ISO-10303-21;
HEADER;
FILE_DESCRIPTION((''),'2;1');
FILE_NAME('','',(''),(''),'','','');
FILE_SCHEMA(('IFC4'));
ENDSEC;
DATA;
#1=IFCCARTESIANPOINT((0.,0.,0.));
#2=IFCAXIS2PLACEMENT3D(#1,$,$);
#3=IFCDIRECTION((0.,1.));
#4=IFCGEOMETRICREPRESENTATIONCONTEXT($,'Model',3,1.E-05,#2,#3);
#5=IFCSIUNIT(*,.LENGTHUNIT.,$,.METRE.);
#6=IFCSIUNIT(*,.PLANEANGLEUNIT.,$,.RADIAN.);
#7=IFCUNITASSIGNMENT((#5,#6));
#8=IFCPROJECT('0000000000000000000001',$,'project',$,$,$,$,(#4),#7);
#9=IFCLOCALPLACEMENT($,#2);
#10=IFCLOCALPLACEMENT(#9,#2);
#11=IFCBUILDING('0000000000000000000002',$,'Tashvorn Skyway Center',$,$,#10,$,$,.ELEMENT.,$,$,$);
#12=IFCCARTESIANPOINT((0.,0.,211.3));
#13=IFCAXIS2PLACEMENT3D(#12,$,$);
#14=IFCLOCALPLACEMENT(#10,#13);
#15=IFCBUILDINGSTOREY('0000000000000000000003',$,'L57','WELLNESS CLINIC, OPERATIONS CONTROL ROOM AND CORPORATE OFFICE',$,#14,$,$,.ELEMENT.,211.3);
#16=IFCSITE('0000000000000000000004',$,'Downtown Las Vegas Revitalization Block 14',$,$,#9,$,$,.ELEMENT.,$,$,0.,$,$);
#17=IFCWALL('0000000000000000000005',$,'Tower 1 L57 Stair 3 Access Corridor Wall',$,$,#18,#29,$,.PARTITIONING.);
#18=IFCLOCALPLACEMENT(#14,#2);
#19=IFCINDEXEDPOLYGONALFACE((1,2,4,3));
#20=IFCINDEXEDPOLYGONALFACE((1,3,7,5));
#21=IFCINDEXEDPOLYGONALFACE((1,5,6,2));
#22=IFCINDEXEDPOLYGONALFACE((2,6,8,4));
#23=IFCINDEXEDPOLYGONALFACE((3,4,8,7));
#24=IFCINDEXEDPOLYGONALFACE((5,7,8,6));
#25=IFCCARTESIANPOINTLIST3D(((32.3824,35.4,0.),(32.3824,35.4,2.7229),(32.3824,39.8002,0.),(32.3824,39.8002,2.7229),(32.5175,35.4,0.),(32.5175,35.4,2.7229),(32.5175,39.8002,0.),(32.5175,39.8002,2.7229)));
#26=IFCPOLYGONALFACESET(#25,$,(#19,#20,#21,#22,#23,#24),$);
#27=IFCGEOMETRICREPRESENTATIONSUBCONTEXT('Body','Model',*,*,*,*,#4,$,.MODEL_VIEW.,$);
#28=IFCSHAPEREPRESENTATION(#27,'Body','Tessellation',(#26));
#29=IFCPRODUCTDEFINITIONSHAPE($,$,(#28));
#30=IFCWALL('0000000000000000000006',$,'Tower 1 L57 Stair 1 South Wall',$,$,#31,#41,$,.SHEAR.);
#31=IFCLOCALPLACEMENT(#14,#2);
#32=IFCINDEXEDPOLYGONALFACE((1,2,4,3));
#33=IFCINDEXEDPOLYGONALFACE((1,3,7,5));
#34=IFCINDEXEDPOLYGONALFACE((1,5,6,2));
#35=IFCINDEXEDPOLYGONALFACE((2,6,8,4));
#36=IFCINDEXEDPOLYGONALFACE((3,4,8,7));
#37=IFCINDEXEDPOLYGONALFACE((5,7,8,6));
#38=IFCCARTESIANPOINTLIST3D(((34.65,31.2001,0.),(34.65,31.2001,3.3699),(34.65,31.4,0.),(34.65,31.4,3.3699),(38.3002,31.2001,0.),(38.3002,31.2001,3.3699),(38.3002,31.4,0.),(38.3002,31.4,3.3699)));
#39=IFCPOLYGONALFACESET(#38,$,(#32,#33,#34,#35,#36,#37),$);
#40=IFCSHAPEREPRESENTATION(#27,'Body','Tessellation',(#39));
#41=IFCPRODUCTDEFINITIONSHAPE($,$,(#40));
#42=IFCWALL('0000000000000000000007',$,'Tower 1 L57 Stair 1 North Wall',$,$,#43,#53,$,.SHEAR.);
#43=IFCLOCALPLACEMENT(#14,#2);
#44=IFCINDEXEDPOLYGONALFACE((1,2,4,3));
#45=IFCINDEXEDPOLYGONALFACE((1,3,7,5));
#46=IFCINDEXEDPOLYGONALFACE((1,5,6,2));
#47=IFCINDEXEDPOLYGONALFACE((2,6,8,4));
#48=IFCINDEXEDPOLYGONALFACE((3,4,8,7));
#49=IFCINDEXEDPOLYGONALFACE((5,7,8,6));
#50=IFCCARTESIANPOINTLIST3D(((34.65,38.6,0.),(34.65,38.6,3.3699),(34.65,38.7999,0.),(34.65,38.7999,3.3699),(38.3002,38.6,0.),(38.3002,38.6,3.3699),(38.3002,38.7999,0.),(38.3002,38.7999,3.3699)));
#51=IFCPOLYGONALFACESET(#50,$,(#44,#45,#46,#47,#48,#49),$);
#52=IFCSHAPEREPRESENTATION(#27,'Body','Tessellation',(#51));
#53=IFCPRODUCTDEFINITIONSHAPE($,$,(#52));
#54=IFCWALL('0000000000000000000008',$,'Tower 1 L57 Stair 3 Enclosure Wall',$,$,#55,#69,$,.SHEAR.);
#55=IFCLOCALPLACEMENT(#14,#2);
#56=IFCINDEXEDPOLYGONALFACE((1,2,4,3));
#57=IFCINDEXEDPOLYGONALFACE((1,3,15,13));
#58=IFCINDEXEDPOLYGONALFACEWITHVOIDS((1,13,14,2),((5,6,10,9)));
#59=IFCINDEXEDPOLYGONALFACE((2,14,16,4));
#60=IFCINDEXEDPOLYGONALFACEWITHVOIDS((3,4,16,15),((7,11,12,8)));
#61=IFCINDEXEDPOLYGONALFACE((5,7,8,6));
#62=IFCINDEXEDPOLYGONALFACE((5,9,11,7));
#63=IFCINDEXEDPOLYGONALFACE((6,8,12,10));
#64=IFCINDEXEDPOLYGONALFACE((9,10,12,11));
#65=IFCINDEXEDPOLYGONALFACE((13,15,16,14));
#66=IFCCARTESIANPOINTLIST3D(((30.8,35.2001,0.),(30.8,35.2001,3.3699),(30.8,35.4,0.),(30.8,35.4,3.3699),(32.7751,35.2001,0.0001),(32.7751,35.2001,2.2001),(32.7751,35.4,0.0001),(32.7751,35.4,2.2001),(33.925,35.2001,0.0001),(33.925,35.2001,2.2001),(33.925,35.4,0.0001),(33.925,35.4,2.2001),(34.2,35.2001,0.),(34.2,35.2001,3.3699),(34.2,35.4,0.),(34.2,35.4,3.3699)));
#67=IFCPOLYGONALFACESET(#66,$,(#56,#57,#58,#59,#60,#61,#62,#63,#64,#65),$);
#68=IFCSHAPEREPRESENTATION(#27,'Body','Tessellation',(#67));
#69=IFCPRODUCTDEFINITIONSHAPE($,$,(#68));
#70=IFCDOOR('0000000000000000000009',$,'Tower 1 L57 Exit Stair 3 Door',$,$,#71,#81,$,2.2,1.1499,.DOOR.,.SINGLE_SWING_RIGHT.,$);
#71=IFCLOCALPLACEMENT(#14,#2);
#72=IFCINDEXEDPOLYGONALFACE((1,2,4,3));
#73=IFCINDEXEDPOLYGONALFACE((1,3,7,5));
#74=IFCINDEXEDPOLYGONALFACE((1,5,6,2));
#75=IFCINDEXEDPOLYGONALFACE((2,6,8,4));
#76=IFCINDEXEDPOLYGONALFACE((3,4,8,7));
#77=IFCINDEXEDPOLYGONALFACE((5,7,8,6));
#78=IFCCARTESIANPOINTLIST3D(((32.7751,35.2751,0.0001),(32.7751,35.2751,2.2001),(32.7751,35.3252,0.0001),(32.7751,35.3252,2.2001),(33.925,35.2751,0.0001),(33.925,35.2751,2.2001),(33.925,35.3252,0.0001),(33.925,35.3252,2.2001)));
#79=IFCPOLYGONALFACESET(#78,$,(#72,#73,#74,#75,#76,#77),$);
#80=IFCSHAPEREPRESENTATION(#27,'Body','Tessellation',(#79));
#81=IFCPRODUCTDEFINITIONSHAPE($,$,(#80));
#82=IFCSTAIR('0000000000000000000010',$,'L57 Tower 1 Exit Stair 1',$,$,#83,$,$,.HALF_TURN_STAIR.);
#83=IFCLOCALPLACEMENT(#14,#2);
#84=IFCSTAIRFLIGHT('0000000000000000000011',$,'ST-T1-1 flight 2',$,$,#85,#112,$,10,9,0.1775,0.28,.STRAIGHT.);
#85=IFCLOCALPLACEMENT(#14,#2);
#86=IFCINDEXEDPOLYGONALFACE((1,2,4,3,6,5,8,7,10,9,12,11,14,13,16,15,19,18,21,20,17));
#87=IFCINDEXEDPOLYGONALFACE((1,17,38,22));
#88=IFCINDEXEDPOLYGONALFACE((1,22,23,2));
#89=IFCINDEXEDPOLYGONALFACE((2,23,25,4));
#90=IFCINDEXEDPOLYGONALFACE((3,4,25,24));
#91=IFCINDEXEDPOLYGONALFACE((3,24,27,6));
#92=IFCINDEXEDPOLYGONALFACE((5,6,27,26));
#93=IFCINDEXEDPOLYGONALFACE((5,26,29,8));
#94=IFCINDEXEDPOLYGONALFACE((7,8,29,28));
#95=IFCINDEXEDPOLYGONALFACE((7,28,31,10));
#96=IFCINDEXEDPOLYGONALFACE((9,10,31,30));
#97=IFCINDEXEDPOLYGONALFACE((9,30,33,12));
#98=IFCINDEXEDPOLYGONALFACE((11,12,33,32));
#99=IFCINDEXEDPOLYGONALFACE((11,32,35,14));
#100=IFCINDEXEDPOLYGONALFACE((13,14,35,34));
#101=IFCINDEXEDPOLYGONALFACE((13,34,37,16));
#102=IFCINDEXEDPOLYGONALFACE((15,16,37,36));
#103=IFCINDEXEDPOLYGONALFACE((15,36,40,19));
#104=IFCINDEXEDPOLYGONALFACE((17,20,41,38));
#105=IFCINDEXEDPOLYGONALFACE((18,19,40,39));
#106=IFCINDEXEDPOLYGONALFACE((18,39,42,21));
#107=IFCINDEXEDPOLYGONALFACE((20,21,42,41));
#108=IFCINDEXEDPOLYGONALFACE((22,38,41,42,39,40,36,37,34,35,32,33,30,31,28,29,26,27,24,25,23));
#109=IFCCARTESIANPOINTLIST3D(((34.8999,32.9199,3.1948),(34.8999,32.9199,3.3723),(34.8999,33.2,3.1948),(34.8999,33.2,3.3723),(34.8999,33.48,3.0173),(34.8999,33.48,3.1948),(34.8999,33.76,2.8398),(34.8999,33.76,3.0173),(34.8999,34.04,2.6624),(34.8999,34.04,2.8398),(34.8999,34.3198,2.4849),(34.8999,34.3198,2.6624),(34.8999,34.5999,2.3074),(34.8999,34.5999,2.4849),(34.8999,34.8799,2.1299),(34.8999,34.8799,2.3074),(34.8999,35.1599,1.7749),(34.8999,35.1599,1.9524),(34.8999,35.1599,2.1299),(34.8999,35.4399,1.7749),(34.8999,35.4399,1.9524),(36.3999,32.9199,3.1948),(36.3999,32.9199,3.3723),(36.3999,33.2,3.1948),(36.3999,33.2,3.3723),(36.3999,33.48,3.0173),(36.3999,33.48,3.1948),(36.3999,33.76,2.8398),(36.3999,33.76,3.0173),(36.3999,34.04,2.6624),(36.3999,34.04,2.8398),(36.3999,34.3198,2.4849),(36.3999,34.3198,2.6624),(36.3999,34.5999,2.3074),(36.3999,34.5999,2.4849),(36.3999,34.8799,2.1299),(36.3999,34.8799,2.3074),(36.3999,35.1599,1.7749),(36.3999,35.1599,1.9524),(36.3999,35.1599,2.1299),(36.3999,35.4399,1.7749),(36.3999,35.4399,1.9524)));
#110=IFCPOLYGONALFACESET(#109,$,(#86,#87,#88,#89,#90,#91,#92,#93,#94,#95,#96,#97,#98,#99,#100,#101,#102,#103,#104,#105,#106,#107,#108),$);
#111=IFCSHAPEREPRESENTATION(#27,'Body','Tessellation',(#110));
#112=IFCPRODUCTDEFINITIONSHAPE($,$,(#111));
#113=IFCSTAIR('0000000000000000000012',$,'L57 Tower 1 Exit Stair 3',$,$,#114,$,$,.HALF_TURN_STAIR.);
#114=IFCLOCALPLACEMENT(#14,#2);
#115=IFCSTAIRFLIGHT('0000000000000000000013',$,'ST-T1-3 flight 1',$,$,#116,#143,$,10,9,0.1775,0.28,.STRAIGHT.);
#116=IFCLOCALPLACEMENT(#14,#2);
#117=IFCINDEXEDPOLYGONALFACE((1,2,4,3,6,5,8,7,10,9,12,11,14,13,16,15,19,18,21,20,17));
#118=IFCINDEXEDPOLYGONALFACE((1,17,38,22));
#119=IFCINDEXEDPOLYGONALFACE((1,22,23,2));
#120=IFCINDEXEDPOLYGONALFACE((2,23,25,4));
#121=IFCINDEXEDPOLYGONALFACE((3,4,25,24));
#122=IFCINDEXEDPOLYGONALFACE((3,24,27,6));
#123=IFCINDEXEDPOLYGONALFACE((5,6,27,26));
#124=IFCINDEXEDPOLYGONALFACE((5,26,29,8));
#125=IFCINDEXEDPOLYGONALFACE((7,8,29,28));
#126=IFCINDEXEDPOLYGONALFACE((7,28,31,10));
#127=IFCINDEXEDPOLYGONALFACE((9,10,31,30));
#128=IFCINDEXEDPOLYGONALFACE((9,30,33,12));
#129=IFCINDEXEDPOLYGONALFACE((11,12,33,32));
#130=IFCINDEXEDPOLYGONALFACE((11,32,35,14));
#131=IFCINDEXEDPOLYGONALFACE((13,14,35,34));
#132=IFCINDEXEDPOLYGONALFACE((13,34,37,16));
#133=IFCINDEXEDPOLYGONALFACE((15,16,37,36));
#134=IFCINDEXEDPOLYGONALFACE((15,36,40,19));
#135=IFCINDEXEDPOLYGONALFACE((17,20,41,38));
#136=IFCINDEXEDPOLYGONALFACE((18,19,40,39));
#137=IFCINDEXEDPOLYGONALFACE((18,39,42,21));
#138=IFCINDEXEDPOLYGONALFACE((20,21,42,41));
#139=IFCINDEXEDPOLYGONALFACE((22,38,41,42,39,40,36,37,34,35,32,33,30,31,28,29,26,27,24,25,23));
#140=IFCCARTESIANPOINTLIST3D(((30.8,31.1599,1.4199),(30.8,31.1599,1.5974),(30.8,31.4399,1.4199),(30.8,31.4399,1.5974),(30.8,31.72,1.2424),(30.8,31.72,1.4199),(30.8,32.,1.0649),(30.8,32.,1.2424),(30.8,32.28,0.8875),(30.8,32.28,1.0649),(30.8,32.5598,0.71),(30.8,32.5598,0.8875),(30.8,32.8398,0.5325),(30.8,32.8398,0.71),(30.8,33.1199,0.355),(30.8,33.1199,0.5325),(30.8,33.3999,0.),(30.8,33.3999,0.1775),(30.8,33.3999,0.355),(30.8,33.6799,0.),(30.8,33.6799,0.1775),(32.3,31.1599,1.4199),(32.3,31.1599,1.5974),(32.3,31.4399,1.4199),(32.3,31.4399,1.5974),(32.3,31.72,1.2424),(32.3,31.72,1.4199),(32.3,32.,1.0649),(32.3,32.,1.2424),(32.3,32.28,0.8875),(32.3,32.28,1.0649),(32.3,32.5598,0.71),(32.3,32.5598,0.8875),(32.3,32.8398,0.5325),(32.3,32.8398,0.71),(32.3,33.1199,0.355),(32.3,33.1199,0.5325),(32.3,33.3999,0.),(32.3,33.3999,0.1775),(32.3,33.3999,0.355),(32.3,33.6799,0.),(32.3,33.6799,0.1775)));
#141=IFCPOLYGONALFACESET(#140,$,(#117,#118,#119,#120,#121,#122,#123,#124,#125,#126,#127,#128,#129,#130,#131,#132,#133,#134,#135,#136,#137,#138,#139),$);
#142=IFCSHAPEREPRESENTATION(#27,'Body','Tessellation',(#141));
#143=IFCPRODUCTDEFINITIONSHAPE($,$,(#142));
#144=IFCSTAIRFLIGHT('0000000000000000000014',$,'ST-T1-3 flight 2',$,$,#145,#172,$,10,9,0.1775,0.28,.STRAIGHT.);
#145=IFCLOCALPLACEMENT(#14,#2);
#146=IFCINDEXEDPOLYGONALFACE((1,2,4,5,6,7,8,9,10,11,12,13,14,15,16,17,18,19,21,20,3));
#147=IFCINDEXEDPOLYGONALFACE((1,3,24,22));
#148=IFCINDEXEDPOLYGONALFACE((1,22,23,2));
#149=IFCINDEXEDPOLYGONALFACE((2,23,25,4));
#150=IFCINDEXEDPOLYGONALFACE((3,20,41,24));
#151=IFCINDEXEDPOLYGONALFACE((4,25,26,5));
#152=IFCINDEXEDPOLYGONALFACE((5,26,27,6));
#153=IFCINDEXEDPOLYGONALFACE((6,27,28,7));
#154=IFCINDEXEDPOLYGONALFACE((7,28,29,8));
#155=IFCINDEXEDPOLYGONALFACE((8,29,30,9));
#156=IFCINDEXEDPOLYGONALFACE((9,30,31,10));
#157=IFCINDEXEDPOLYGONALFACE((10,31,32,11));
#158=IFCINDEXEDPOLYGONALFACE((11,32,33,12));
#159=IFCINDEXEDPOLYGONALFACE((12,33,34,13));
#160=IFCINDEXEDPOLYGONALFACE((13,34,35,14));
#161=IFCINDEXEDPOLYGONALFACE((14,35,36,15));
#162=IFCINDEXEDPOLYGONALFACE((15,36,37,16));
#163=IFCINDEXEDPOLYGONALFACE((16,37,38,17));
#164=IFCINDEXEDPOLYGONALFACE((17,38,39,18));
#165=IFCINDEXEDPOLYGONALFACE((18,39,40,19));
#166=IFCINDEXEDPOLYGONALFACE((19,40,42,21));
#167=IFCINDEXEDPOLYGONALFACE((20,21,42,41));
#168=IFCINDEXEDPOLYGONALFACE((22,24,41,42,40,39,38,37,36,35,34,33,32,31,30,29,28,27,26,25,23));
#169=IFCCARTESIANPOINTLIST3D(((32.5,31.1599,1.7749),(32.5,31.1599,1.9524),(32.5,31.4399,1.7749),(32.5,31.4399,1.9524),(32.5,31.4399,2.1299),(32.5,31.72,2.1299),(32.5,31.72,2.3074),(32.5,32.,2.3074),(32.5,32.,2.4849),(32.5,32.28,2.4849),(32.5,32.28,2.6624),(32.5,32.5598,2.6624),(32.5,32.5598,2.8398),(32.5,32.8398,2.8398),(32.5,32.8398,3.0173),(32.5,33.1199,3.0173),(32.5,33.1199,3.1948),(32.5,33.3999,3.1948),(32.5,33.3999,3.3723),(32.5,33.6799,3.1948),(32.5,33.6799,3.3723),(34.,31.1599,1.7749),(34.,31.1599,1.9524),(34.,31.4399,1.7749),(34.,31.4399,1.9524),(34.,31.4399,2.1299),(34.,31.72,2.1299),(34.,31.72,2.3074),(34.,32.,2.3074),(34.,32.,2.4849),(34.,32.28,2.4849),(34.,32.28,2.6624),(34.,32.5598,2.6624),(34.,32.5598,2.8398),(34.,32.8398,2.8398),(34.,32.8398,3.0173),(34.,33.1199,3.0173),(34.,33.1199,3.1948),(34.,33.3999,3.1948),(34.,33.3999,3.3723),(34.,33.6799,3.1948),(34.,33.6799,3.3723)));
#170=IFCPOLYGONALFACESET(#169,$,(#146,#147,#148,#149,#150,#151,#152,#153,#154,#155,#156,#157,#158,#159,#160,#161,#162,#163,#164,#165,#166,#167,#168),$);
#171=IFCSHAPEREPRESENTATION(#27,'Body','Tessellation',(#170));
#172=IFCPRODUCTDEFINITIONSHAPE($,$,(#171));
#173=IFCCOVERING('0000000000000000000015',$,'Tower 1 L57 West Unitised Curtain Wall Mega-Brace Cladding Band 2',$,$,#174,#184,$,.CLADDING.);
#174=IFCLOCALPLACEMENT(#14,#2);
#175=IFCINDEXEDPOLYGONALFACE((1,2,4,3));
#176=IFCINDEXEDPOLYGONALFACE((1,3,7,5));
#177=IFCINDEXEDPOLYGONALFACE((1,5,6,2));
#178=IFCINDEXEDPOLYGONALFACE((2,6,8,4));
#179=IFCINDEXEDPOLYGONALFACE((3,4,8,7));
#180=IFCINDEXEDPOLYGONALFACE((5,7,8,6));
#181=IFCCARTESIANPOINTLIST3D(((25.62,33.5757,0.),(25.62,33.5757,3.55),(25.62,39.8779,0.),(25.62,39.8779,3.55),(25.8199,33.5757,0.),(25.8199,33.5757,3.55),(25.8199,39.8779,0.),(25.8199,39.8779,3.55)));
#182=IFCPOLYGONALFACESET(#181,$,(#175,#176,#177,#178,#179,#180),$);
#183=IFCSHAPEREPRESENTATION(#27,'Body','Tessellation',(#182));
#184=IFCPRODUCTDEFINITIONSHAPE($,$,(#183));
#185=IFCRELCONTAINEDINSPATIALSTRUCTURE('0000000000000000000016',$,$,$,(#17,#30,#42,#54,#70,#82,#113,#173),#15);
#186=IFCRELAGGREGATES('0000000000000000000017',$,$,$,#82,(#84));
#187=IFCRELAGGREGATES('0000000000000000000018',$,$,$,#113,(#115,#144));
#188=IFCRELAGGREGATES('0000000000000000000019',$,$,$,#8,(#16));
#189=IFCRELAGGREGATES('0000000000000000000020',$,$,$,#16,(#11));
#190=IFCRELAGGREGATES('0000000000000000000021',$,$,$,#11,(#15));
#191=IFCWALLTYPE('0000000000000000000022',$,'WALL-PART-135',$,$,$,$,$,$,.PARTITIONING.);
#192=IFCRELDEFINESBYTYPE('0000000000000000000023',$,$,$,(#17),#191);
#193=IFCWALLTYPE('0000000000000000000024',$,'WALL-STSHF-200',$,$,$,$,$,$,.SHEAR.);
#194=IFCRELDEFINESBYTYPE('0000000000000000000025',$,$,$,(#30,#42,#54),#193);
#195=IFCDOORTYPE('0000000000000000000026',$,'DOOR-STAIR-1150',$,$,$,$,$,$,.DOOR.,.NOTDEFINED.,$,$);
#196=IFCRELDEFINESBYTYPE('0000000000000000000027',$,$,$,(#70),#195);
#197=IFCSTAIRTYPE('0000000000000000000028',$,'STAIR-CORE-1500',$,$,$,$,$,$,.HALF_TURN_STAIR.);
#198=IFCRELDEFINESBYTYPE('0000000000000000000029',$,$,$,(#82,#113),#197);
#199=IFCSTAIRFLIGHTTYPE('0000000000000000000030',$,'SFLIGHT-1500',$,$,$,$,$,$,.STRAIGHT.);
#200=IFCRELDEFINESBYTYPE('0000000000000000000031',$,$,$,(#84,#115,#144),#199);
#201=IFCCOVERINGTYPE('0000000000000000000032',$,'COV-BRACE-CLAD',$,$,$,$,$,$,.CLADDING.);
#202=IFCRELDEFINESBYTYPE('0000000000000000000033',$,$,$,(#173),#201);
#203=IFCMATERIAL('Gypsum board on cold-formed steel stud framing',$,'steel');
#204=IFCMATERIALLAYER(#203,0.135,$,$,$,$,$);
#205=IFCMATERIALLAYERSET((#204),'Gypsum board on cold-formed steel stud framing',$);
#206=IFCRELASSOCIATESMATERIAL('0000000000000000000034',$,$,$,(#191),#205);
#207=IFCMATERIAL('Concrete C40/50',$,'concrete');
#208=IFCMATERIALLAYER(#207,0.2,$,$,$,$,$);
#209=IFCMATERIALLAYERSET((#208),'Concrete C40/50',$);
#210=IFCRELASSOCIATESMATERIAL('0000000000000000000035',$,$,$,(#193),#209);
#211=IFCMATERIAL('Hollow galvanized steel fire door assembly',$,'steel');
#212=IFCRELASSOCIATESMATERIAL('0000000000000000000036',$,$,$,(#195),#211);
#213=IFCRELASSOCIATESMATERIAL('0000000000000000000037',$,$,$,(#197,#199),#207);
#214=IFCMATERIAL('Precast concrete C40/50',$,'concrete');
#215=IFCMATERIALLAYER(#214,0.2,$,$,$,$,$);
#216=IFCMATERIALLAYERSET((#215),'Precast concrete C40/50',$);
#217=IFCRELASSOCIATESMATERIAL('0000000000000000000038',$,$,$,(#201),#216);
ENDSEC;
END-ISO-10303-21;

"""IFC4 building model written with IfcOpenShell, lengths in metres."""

from ifc_helpers import new_model, si_unit, direction, frame, frame_2d, origin, origin_2d, place, context, subcontext, project, spatial, polyline, rectangle, outline, extrude, material, layer, layer_set, type_object, element, fill, aggregate, save


model = new_model("IFC4")

# Units and contexts
model_context = context("Model", 3, precision=1e-05, world=origin(), true_north=direction((0.0, 1.0)))
body_context = subcontext(model_context, "Body", "Model", "MODEL_VIEW")
ifc_project = project(units=[si_unit("LENGTHUNIT", "METRE"), si_unit("PLANEANGLEUNIT", "RADIAN")], contexts=[model_context])

# Site, building, storey
site_placement = place(None, origin())
site = spatial("IfcSite", under=ifc_project, at=site_placement, Name="Downtown Las Vegas Revitalization Block 14", CompositionType="ELEMENT", RefElevation=0.0)
building_placement = place(site_placement, origin())
building = spatial("IfcBuilding", under=site, at=building_placement, Name="Tashvorn Skyway Center", CompositionType="ELEMENT")
storey_placement = place(building_placement, frame((0.0, 0.0, 211.3)))
storey = spatial("IfcBuildingStorey", under=building, at=storey_placement, Name="L57", Description="WELLNESS CLINIC, OPERATIONS CONTROL ROOM AND CORPORATE OFFICE", CompositionType="ELEMENT", Elevation=211.3)

# Walls
ifc_material_1 = material(Name="Gypsum board on cold-formed steel stud framing", Category="steel")
ifc_layer_1 = layer(ifc_material_1, 0.135)
ifc_layer_set_1 = layer_set([ifc_layer_1], Name="Gypsum board on cold-formed steel stud framing")
wall_type_1 = type_object("IfcWallType", Name="WALL-PART-135", PredefinedType="PARTITIONING", material=ifc_layer_set_1)
wall_1_placement = place(storey_placement, frame((32.45, 35.3999, 0.0), z_axis=(0.0, 0.0, 1.0), x_axis=(0.0, 1.0, 0.0)))
element("IfcWall", 1, at=wall_1_placement, inside=storey, type_object=wall_type_1, Name="Tower 1 L57 Stair 3 Access Corridor Wall", PredefinedType="PARTITIONING", context=body_context, shape_type="SweptSolid", body=[
    extrude(rectangle(XDim=4.4001, YDim=0.135, at=frame_2d((2.2002, 0.0))), origin(), (0.0, 0.0, 1.0), 2.7229),
])
ifc_material_2 = material(Name="Concrete C40/50", Category="concrete")
ifc_layer_2 = layer(ifc_material_2, 0.2)
ifc_layer_set_2 = layer_set([ifc_layer_2], Name="Concrete C40/50")
wall_type_2 = type_object("IfcWallType", Name="WALL-STSHF-200", PredefinedType="SHEAR", material=ifc_layer_set_2)
for number, where, z_axis, x_axis, name in (
    (2, (34.6499, 31.3, 0.0), (0.0, 0.0, 1.0), (1.0, 0.0, 0.0), "Tower 1 L57 Stair 1 South Wall"),
    (3, (34.6499, 38.7, 0.0), (0.0, 0.0, 1.0), (1.0, 0.0, 0.0), "Tower 1 L57 Stair 1 North Wall"),
):
    element("IfcWall", number, at=place(storey_placement, frame(where, z_axis=z_axis, x_axis=x_axis)), inside=storey, type_object=wall_type_2, Name=name, PredefinedType="SHEAR", context=body_context, shape_type="SweptSolid", body=[
        extrude(rectangle(XDim=3.6501, YDim=0.2, at=frame_2d((1.8252, 0.0))), origin(), (0.0, 0.0, 1.0), 3.3699),
    ])

# Wall, opening, door
wall_2_placement = place(storey_placement, frame((34.2, 35.3, 0.0), z_axis=(0.0, 0.0, 1.0), x_axis=(-1.0, 0.0, 0.0)))
wall_2 = element("IfcWall", 4, at=wall_2_placement, inside=storey, type_object=wall_type_2, Name="Tower 1 L57 Stair 3 Enclosure Wall", PredefinedType="SHEAR", context=body_context, shape_type="SweptSolid", body=[
    extrude(rectangle(XDim=3.3999, YDim=0.2, at=frame_2d((1.7, 0.0))), origin(), (0.0, 0.0, 1.0), 3.3699),
])
opening_placement = place(wall_2_placement, frame((0.2749, 0.0, 0.0)))
opening = element("IfcOpeningElement", 5, at=opening_placement, cuts=wall_2, PredefinedType="OPENING", context=body_context, shape_type="SweptSolid", body=[
    extrude(rectangle(XDim=1.1499, YDim=2.2, at=frame_2d((0.575, 1.1001))), frame((0.0, 0.1099, 0.0), z_axis=(0.0, -1.0, 0.0), x_axis=(1.0, 0.0, 0.0)), (0.0, 0.0, 1.0), 0.22),
])
ifc_material_3 = material(Name="Hollow galvanized steel fire door assembly", Category="steel")
door_type = type_object("IfcDoorType", Name="DOOR-STAIR-1150", OperationType="NOTDEFINED", PredefinedType="DOOR", material=ifc_material_3)
door_placement = place(opening_placement, origin())
door = element("IfcDoor", 6, at=door_placement, inside=storey, type_object=door_type, Name="Tower 1 L57 Exit Stair 3 Door", OperationType="SINGLE_SWING_RIGHT", OverallHeight=2.2, OverallWidth=1.1499, PredefinedType="DOOR", context=body_context, shape_type="SweptSolid", body=[
    extrude(rectangle(XDim=1.1499, YDim=2.2, at=frame_2d((0.575, 1.1001))), frame((0.0, 0.0249, 0.0), z_axis=(0.0, -1.0, 0.0), x_axis=(1.0, 0.0, 0.0)), (0.0, 0.0, 1.0), 0.05),
])
fill(opening, door)

# Stair, stair flight
stair_type = type_object("IfcStairType", Name="STAIR-CORE-1500", PredefinedType="HALF_TURN_STAIR", material=ifc_material_2)
stair_1_placement = place(storey_placement, origin())
stair_1 = element("IfcStair", 7, at=stair_1_placement, inside=storey, type_object=stair_type, Name="L57 Tower 1 Exit Stair 1", PredefinedType="HALF_TURN_STAIR")
stair_flight_type = type_object("IfcStairFlightType", Name="SFLIGHT-1500", PredefinedType="STRAIGHT", material=ifc_material_2)
stair_flight_1_placement = place(storey_placement, frame((35.6499, 35.4399, 1.7749), z_axis=(0.0, 0.0, 1.0), x_axis=(0.0, -1.0, 0.0)))
stair_flight_1 = element("IfcStairFlight", 8, at=stair_flight_1_placement, type_object=stair_flight_type, Name="ST-T1-1 flight 2", NumberOfRisers=10, NumberOfTreads=9, PredefinedType="STRAIGHT", RiserHeight=0.1775, TreadLength=0.28, context=body_context, shape_type="SweptSolid", body=[
    extrude(outline(polyline([(0.0, 0.0), (0.0, 0.1775), (0.28, 0.1775), (0.28, 0.355), (0.5601, 0.355), (0.5601, 0.5325), (0.8401, 0.5325), (0.8401, 0.71), (1.1201, 0.71), (1.1201, 0.8875), (1.3999, 0.8875), (1.3999, 1.0649), (1.6799, 1.0649), (1.6799, 1.2424), (1.96, 1.2424), (1.96, 1.4199), (2.24, 1.4199), (2.24, 1.5974), (2.52, 1.5974), (2.52, 1.7749), (2.52, 1.4199), (0.28, 0.0), (0.0, 0.0)])), frame((0.0, 0.75, 0.0), z_axis=(0.0, -1.0, 0.0), x_axis=(1.0, 0.0, 0.0)), (0.0, 0.0, 1.0), 1.5),
])
aggregate(stair_1, [stair_flight_1])

# Stair, stair flights
stair_2_placement = place(storey_placement, origin())
stair_2 = element("IfcStair", 9, at=stair_2_placement, inside=storey, type_object=stair_type, Name="L57 Tower 1 Exit Stair 3", PredefinedType="HALF_TURN_STAIR")
stair_flight_2_placement = place(storey_placement, frame((31.55, 33.6799, 0.0), z_axis=(0.0, 0.0, 1.0), x_axis=(0.0, -1.0, 0.0)))
stair_flight_2 = element("IfcStairFlight", 10, at=stair_flight_2_placement, type_object=stair_flight_type, Name="ST-T1-3 flight 1", NumberOfRisers=10, NumberOfTreads=9, PredefinedType="STRAIGHT", RiserHeight=0.1775, TreadLength=0.28, context=body_context, shape_type="SweptSolid", body=[
    extrude(outline(polyline([(0.0, 0.0), (0.0, 0.1775), (0.28, 0.1775), (0.28, 0.355), (0.5601, 0.355), (0.5601, 0.5325), (0.8401, 0.5325), (0.8401, 0.71), (1.1201, 0.71), (1.1201, 0.8875), (1.3999, 0.8875), (1.3999, 1.0649), (1.6799, 1.0649), (1.6799, 1.2424), (1.96, 1.2424), (1.96, 1.4199), (2.24, 1.4199), (2.24, 1.5974), (2.52, 1.5974), (2.52, 1.7749), (2.52, 1.4199), (0.28, 0.0), (0.0, 0.0)])), frame((0.0, 0.75, 0.0), z_axis=(0.0, -1.0, 0.0), x_axis=(1.0, 0.0, 0.0)), (0.0, 0.0, 1.0), 1.5),
])
stair_flight_3_placement = place(storey_placement, frame((33.25, 31.1599, 1.7749), z_axis=(0.0, 0.0, 1.0), x_axis=(0.0, 1.0, 0.0)))
stair_flight_3 = element("IfcStairFlight", 11, at=stair_flight_3_placement, type_object=stair_flight_type, Name="ST-T1-3 flight 2", NumberOfRisers=10, NumberOfTreads=9, PredefinedType="STRAIGHT", RiserHeight=0.1775, TreadLength=0.28, context=body_context, shape_type="SweptSolid", body=[
    extrude(outline(polyline([(0.0, 0.0), (0.0, 0.1775), (0.28, 0.1775), (0.28, 0.355), (0.5601, 0.355), (0.5601, 0.5325), (0.8401, 0.5325), (0.8401, 0.71), (1.1201, 0.71), (1.1201, 0.8875), (1.3999, 0.8875), (1.3999, 1.0649), (1.6799, 1.0649), (1.6799, 1.2424), (1.96, 1.2424), (1.96, 1.4199), (2.24, 1.4199), (2.24, 1.5974), (2.52, 1.5974), (2.52, 1.7749), (2.52, 1.4199), (0.28, 0.0), (0.0, 0.0)])), frame((0.0, 0.75, 0.0), z_axis=(0.0, -1.0, 0.0), x_axis=(1.0, 0.0, 0.0)), (0.0, 0.0, 1.0), 1.5),
])
aggregate(stair_2, [stair_flight_2, stair_flight_3])

# Covering
ifc_material_4 = material(Name="Precast concrete C40/50", Category="concrete")
ifc_layer_3 = layer(ifc_material_4, 0.2)
ifc_layer_set_3 = layer_set([ifc_layer_3], Name="Precast concrete C40/50")
covering_type_1 = type_object("IfcCoveringType", Name="COV-BRACE-CLAD", PredefinedType="CLADDING", material=ifc_layer_set_3)
covering_placement = place(storey_placement, frame((25.72, 36.7268, 0.0), z_axis=(0.0, 0.0, 1.0), x_axis=(0.0, 1.0, 0.0)))
element("IfcCovering", 12, at=covering_placement, inside=storey, type_object=covering_type_1, Name="Tower 1 L57 West Unitised Curtain Wall Mega-Brace Cladding Band 2", PredefinedType="CLADDING", context=body_context, shape_type="SweptSolid", body=[
    extrude(rectangle(XDim=6.3022, YDim=0.2, at=origin_2d()), origin(), (0.0, 0.0, 1.0), 3.55),
])

save(model, "model.ifc")
